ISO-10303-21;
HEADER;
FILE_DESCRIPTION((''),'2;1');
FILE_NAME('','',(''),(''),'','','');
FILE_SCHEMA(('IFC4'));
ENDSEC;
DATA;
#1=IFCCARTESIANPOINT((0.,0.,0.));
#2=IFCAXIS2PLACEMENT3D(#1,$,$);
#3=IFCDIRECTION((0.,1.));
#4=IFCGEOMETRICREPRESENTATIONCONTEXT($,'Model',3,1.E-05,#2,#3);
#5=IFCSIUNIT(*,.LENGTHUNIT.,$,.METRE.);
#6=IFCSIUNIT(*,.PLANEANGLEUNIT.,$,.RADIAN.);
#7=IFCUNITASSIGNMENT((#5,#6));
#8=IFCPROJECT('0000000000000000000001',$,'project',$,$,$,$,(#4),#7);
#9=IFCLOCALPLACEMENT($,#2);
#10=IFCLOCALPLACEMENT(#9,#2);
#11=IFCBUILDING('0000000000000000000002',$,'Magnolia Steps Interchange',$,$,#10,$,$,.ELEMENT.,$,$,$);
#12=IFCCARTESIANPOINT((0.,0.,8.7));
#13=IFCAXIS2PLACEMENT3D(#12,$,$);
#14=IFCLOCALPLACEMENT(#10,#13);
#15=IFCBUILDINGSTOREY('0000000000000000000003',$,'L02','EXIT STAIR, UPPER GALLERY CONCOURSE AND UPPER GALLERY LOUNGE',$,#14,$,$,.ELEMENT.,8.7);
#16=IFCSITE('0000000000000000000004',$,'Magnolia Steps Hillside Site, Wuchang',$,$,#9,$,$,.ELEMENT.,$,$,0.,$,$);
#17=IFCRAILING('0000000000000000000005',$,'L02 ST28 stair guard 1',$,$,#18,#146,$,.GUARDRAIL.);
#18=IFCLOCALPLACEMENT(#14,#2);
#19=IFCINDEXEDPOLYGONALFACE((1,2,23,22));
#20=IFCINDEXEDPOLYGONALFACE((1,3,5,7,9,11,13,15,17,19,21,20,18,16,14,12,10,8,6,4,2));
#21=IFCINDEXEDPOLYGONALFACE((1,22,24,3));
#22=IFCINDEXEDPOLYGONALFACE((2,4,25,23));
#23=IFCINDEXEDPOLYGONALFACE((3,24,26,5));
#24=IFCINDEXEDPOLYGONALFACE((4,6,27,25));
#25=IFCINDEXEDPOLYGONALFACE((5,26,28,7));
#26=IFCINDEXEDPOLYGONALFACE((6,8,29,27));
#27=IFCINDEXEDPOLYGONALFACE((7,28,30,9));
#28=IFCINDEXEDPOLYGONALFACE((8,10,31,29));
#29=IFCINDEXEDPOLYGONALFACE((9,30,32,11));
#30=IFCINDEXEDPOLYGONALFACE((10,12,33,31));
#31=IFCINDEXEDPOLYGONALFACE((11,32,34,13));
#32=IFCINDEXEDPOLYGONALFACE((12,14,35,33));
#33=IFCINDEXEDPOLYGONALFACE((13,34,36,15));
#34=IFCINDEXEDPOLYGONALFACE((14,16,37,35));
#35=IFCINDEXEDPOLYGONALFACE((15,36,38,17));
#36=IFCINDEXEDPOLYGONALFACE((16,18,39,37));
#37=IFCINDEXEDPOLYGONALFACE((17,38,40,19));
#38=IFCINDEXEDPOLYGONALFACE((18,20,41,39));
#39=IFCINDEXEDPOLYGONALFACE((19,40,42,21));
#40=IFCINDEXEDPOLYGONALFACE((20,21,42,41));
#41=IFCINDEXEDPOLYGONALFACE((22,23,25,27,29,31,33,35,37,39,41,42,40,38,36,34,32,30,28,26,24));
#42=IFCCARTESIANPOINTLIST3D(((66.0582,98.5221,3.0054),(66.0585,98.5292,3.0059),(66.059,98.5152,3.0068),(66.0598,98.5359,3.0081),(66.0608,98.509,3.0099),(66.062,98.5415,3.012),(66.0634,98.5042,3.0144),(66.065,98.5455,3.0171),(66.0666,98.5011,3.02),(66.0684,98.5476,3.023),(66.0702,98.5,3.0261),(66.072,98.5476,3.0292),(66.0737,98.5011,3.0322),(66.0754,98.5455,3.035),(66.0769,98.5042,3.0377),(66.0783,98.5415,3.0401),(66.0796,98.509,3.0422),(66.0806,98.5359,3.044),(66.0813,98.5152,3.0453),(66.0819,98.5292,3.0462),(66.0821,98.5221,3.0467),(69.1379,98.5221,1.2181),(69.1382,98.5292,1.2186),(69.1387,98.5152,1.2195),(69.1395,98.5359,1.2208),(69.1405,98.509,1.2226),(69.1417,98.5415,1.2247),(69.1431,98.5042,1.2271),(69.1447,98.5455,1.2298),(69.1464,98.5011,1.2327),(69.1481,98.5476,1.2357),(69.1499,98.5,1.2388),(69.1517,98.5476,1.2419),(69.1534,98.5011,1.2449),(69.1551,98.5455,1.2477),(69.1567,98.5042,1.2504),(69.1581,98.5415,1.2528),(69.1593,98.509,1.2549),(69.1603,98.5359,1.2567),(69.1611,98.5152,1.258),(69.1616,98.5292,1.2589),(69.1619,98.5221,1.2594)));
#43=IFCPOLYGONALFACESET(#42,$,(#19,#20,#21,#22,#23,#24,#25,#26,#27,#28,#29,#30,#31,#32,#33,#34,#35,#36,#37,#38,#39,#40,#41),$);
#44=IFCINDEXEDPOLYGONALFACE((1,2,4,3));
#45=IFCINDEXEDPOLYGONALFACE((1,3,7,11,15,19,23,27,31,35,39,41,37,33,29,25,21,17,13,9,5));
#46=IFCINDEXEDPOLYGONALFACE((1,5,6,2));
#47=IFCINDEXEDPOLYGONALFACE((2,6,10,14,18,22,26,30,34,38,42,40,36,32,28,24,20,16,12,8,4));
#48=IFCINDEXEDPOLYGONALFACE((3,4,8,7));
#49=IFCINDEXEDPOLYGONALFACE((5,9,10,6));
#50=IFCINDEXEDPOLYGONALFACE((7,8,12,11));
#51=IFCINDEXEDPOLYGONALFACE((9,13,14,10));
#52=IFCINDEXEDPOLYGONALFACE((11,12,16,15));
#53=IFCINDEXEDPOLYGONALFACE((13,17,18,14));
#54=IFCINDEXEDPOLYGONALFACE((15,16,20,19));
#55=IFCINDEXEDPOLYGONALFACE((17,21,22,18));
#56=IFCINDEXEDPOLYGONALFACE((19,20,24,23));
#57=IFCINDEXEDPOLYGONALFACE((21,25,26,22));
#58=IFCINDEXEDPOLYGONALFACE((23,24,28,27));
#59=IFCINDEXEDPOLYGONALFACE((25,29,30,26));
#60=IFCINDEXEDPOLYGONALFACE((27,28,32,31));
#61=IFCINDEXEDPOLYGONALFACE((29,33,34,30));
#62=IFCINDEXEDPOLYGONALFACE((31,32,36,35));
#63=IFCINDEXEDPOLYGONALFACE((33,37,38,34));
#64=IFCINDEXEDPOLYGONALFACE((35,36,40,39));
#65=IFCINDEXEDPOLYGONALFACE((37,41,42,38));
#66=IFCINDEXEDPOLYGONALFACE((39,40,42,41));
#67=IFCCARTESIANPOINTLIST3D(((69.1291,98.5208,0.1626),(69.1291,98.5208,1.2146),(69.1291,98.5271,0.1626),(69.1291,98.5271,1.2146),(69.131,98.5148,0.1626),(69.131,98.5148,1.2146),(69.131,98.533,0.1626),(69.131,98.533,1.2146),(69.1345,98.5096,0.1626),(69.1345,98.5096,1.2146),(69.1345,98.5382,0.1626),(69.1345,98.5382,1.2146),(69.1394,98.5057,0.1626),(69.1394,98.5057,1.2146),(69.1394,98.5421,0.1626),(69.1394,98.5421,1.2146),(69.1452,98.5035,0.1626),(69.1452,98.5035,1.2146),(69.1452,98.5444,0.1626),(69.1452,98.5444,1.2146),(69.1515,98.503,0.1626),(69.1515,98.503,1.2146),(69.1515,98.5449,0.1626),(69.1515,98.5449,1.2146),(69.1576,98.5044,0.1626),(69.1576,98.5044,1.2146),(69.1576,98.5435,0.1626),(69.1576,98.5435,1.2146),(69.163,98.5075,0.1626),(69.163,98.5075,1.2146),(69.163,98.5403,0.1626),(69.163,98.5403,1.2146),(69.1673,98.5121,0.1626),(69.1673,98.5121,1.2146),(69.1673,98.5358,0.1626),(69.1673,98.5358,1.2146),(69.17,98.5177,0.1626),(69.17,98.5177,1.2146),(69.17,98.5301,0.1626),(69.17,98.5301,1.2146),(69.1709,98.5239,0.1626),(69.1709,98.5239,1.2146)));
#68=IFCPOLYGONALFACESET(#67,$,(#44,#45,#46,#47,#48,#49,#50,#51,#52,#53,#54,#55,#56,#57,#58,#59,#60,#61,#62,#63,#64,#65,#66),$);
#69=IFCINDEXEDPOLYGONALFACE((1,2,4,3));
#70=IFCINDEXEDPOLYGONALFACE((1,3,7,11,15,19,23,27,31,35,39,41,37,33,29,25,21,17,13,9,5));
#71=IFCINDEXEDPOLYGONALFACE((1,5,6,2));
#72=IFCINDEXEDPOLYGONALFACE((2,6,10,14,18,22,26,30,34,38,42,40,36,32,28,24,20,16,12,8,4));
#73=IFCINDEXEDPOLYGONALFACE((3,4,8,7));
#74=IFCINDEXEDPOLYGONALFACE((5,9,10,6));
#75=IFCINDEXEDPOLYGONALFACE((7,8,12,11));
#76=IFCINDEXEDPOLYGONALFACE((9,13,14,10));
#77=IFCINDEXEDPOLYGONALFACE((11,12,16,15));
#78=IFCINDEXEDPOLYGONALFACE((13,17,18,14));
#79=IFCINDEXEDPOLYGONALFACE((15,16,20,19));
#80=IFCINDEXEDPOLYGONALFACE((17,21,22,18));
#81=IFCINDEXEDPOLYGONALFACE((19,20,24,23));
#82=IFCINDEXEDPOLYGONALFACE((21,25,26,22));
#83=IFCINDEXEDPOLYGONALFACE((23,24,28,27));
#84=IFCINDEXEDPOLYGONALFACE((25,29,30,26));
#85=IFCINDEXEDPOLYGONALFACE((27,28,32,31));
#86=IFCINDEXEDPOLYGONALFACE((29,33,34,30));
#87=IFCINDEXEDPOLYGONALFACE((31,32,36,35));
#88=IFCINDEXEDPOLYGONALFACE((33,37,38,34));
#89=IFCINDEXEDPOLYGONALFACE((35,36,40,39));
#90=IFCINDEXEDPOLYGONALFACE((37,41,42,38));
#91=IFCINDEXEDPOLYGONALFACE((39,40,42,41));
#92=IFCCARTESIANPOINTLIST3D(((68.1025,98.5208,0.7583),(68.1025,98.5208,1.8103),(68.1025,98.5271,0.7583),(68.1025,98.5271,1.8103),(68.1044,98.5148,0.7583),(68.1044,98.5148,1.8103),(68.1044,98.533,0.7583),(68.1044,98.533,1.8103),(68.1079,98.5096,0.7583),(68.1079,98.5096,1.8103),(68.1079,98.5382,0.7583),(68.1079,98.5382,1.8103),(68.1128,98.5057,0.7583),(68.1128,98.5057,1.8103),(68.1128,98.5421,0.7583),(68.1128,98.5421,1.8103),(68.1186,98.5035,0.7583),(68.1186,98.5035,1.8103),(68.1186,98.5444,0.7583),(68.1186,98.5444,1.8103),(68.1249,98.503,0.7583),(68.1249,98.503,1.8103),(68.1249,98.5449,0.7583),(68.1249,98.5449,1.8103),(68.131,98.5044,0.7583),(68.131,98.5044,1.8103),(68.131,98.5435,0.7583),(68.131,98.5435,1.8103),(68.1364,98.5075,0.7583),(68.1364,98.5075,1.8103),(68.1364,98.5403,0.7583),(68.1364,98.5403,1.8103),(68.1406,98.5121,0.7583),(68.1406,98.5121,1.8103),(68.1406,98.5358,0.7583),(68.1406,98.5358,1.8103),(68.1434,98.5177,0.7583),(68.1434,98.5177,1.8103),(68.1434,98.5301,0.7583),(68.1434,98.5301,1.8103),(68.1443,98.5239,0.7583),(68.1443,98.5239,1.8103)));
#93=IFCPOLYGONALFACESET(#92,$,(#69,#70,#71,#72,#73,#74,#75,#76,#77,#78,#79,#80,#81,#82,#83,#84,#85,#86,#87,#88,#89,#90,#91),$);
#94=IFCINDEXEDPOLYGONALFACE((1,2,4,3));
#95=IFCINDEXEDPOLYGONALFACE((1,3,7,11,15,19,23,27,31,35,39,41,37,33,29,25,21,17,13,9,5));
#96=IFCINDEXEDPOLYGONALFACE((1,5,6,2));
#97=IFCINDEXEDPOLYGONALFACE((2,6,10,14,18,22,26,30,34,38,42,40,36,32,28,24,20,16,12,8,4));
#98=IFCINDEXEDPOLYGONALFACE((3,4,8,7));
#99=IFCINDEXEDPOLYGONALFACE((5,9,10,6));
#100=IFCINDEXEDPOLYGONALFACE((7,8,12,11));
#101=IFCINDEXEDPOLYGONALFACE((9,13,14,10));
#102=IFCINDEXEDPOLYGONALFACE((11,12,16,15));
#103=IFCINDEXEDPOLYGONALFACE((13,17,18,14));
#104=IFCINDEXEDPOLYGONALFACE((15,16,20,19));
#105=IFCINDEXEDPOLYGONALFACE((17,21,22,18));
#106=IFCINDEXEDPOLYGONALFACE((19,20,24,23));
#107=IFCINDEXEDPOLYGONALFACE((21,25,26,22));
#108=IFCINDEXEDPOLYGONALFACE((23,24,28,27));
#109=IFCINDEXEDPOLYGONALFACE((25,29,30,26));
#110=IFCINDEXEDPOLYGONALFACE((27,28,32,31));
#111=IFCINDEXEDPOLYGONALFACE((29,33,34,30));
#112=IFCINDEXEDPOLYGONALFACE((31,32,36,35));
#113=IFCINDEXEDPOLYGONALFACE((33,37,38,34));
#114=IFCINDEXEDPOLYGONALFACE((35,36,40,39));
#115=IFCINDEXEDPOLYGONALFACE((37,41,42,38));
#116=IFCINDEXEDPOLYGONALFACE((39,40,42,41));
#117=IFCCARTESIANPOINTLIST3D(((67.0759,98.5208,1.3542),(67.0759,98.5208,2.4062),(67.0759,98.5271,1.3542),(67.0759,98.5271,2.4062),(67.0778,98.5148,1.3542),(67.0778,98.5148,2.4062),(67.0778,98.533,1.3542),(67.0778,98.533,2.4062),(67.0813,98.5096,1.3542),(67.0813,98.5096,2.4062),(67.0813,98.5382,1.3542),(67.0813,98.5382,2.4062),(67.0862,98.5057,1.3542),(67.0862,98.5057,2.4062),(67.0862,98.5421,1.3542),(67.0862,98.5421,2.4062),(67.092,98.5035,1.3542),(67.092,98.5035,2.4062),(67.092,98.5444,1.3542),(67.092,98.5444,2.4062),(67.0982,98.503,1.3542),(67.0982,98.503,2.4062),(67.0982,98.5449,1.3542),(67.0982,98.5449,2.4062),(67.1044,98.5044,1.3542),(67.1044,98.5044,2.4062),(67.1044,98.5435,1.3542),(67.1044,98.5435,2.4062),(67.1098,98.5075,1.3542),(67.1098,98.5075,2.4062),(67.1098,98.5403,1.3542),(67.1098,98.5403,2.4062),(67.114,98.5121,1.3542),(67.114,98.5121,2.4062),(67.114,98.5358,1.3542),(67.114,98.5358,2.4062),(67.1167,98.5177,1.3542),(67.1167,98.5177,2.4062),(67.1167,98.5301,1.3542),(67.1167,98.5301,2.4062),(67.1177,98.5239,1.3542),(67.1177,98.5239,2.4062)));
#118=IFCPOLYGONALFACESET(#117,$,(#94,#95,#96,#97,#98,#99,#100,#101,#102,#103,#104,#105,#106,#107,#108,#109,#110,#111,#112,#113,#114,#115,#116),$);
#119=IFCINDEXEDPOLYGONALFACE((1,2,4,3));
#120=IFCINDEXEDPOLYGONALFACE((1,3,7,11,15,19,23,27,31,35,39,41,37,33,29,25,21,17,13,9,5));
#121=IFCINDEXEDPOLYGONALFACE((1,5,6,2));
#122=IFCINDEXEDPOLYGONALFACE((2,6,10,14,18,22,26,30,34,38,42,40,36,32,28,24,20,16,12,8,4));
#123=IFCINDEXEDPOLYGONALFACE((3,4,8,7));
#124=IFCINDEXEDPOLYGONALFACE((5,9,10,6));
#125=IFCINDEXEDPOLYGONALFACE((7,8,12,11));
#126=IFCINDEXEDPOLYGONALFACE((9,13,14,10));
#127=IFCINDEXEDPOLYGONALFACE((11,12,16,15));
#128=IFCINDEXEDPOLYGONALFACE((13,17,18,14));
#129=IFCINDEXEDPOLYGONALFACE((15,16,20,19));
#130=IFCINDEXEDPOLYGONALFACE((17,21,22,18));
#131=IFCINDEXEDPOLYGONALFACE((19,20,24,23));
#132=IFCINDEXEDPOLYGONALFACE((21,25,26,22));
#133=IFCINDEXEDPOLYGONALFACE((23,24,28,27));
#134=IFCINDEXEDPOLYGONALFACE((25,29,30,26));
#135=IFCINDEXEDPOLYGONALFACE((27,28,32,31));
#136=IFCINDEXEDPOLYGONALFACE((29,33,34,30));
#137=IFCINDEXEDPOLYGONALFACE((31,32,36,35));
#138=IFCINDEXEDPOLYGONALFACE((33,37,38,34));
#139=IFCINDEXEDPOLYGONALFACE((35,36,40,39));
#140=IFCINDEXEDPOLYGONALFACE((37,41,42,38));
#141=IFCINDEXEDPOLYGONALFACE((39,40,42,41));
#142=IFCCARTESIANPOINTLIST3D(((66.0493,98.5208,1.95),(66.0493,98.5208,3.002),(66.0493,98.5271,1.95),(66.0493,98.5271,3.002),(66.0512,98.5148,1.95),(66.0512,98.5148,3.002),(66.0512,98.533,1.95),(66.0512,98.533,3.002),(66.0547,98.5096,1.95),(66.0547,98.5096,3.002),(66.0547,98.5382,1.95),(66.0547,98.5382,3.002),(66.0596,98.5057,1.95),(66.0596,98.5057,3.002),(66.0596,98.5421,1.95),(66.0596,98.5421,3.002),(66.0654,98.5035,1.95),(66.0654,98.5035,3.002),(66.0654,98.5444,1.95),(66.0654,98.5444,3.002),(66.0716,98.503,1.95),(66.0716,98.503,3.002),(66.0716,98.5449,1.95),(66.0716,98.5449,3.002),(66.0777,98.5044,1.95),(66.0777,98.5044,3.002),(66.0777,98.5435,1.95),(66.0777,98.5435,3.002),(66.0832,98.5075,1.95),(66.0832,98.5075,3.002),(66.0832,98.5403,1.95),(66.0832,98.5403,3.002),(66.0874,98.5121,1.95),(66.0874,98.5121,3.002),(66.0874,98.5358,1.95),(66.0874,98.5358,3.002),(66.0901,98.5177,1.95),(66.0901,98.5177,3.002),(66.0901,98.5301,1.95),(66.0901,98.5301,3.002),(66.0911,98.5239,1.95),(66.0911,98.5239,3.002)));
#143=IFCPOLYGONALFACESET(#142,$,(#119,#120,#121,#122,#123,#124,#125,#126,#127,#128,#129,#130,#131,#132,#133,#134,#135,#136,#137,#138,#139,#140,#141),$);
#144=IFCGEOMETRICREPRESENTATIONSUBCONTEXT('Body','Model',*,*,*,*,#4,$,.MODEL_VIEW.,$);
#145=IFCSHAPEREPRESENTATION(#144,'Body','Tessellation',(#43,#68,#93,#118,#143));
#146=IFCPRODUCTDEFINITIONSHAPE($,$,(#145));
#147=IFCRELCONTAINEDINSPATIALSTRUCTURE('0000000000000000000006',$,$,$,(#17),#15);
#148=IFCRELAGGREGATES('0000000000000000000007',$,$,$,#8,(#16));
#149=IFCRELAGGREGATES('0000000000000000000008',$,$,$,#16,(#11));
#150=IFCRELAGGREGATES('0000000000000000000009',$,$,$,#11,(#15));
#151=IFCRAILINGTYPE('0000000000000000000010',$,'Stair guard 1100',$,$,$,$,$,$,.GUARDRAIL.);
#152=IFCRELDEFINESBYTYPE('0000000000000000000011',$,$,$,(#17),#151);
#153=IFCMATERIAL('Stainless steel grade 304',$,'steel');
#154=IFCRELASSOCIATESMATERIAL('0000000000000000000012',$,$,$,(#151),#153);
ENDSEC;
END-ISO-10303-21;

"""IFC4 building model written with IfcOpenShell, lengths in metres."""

from ifc_helpers import new_model, si_unit, direction, frame, origin, origin_2d, place, context, subcontext, project, spatial, circle, extrude, material, type_object, element, save


model = new_model("IFC4")

# Units and contexts
model_context = context("Model", 3, precision=1e-05, world=origin(), true_north=direction((0.0, 1.0)))
body_context = subcontext(model_context, "Body", "Model", "MODEL_VIEW")
ifc_project = project(units=[si_unit("LENGTHUNIT", "METRE"), si_unit("PLANEANGLEUNIT", "RADIAN")], contexts=[model_context])

# Site, building, storey
site_placement = place(None, origin())
site = spatial("IfcSite", under=ifc_project, at=site_placement, Name="Magnolia Steps Hillside Site, Wuchang", CompositionType="ELEMENT", RefElevation=0.0)
building_placement = place(site_placement, origin())
building = spatial("IfcBuilding", under=site, at=building_placement, Name="Magnolia Steps Interchange", CompositionType="ELEMENT")
storey_placement = place(building_placement, frame((0.0, 0.0, 8.7)))
storey = spatial("IfcBuildingStorey", under=building, at=storey_placement, Name="L02", Description="EXIT STAIR, UPPER GALLERY CONCOURSE AND UPPER GALLERY LOUNGE", CompositionType="ELEMENT", Elevation=8.7)

# Railing
ifc_material_1 = material(Name="Stainless steel grade 304", Category="steel")
railing_type_1 = type_object("IfcRailingType", Name="Stair guard 1100", PredefinedType="GUARDRAIL", material=ifc_material_1)
railing_1_placement = place(storey_placement, frame((69.1499, 98.5239, 0.1626)))
element("IfcRailing", 1, at=railing_1_placement, inside=storey, type_object=railing_type_1, Name="L02 ST28 stair guard 1", PredefinedType="GUARDRAIL", context=body_context, shape_type="SweptSolid", body=[
    extrude(circle(Radius=0.0239, at=origin_2d()), frame((0.0, 0.0, 1.0762), z_axis=(-0.864903, 0.0, 0.501939), x_axis=(0.0, -1.0, 0.0)), (0.0, 0.0, 1.0), 3.5608),
    extrude(circle(Radius=0.021, at=origin_2d()), origin(), (0.0, 0.0, 1.0), 1.052),
    extrude(circle(Radius=0.021, at=origin_2d()), frame((-1.0266, 0.0, 0.5957)), (0.0, 0.0, 1.0), 1.052),
    extrude(circle(Radius=0.021, at=origin_2d()), frame((-2.0532, 0.0, 1.1917)), (0.0, 0.0, 1.0), 1.052),
    extrude(circle(Radius=0.021, at=origin_2d()), frame((-3.0798, 0.0, 1.7874)), (0.0, 0.0, 1.0), 1.052),
])

save(model, "model.ifc")
